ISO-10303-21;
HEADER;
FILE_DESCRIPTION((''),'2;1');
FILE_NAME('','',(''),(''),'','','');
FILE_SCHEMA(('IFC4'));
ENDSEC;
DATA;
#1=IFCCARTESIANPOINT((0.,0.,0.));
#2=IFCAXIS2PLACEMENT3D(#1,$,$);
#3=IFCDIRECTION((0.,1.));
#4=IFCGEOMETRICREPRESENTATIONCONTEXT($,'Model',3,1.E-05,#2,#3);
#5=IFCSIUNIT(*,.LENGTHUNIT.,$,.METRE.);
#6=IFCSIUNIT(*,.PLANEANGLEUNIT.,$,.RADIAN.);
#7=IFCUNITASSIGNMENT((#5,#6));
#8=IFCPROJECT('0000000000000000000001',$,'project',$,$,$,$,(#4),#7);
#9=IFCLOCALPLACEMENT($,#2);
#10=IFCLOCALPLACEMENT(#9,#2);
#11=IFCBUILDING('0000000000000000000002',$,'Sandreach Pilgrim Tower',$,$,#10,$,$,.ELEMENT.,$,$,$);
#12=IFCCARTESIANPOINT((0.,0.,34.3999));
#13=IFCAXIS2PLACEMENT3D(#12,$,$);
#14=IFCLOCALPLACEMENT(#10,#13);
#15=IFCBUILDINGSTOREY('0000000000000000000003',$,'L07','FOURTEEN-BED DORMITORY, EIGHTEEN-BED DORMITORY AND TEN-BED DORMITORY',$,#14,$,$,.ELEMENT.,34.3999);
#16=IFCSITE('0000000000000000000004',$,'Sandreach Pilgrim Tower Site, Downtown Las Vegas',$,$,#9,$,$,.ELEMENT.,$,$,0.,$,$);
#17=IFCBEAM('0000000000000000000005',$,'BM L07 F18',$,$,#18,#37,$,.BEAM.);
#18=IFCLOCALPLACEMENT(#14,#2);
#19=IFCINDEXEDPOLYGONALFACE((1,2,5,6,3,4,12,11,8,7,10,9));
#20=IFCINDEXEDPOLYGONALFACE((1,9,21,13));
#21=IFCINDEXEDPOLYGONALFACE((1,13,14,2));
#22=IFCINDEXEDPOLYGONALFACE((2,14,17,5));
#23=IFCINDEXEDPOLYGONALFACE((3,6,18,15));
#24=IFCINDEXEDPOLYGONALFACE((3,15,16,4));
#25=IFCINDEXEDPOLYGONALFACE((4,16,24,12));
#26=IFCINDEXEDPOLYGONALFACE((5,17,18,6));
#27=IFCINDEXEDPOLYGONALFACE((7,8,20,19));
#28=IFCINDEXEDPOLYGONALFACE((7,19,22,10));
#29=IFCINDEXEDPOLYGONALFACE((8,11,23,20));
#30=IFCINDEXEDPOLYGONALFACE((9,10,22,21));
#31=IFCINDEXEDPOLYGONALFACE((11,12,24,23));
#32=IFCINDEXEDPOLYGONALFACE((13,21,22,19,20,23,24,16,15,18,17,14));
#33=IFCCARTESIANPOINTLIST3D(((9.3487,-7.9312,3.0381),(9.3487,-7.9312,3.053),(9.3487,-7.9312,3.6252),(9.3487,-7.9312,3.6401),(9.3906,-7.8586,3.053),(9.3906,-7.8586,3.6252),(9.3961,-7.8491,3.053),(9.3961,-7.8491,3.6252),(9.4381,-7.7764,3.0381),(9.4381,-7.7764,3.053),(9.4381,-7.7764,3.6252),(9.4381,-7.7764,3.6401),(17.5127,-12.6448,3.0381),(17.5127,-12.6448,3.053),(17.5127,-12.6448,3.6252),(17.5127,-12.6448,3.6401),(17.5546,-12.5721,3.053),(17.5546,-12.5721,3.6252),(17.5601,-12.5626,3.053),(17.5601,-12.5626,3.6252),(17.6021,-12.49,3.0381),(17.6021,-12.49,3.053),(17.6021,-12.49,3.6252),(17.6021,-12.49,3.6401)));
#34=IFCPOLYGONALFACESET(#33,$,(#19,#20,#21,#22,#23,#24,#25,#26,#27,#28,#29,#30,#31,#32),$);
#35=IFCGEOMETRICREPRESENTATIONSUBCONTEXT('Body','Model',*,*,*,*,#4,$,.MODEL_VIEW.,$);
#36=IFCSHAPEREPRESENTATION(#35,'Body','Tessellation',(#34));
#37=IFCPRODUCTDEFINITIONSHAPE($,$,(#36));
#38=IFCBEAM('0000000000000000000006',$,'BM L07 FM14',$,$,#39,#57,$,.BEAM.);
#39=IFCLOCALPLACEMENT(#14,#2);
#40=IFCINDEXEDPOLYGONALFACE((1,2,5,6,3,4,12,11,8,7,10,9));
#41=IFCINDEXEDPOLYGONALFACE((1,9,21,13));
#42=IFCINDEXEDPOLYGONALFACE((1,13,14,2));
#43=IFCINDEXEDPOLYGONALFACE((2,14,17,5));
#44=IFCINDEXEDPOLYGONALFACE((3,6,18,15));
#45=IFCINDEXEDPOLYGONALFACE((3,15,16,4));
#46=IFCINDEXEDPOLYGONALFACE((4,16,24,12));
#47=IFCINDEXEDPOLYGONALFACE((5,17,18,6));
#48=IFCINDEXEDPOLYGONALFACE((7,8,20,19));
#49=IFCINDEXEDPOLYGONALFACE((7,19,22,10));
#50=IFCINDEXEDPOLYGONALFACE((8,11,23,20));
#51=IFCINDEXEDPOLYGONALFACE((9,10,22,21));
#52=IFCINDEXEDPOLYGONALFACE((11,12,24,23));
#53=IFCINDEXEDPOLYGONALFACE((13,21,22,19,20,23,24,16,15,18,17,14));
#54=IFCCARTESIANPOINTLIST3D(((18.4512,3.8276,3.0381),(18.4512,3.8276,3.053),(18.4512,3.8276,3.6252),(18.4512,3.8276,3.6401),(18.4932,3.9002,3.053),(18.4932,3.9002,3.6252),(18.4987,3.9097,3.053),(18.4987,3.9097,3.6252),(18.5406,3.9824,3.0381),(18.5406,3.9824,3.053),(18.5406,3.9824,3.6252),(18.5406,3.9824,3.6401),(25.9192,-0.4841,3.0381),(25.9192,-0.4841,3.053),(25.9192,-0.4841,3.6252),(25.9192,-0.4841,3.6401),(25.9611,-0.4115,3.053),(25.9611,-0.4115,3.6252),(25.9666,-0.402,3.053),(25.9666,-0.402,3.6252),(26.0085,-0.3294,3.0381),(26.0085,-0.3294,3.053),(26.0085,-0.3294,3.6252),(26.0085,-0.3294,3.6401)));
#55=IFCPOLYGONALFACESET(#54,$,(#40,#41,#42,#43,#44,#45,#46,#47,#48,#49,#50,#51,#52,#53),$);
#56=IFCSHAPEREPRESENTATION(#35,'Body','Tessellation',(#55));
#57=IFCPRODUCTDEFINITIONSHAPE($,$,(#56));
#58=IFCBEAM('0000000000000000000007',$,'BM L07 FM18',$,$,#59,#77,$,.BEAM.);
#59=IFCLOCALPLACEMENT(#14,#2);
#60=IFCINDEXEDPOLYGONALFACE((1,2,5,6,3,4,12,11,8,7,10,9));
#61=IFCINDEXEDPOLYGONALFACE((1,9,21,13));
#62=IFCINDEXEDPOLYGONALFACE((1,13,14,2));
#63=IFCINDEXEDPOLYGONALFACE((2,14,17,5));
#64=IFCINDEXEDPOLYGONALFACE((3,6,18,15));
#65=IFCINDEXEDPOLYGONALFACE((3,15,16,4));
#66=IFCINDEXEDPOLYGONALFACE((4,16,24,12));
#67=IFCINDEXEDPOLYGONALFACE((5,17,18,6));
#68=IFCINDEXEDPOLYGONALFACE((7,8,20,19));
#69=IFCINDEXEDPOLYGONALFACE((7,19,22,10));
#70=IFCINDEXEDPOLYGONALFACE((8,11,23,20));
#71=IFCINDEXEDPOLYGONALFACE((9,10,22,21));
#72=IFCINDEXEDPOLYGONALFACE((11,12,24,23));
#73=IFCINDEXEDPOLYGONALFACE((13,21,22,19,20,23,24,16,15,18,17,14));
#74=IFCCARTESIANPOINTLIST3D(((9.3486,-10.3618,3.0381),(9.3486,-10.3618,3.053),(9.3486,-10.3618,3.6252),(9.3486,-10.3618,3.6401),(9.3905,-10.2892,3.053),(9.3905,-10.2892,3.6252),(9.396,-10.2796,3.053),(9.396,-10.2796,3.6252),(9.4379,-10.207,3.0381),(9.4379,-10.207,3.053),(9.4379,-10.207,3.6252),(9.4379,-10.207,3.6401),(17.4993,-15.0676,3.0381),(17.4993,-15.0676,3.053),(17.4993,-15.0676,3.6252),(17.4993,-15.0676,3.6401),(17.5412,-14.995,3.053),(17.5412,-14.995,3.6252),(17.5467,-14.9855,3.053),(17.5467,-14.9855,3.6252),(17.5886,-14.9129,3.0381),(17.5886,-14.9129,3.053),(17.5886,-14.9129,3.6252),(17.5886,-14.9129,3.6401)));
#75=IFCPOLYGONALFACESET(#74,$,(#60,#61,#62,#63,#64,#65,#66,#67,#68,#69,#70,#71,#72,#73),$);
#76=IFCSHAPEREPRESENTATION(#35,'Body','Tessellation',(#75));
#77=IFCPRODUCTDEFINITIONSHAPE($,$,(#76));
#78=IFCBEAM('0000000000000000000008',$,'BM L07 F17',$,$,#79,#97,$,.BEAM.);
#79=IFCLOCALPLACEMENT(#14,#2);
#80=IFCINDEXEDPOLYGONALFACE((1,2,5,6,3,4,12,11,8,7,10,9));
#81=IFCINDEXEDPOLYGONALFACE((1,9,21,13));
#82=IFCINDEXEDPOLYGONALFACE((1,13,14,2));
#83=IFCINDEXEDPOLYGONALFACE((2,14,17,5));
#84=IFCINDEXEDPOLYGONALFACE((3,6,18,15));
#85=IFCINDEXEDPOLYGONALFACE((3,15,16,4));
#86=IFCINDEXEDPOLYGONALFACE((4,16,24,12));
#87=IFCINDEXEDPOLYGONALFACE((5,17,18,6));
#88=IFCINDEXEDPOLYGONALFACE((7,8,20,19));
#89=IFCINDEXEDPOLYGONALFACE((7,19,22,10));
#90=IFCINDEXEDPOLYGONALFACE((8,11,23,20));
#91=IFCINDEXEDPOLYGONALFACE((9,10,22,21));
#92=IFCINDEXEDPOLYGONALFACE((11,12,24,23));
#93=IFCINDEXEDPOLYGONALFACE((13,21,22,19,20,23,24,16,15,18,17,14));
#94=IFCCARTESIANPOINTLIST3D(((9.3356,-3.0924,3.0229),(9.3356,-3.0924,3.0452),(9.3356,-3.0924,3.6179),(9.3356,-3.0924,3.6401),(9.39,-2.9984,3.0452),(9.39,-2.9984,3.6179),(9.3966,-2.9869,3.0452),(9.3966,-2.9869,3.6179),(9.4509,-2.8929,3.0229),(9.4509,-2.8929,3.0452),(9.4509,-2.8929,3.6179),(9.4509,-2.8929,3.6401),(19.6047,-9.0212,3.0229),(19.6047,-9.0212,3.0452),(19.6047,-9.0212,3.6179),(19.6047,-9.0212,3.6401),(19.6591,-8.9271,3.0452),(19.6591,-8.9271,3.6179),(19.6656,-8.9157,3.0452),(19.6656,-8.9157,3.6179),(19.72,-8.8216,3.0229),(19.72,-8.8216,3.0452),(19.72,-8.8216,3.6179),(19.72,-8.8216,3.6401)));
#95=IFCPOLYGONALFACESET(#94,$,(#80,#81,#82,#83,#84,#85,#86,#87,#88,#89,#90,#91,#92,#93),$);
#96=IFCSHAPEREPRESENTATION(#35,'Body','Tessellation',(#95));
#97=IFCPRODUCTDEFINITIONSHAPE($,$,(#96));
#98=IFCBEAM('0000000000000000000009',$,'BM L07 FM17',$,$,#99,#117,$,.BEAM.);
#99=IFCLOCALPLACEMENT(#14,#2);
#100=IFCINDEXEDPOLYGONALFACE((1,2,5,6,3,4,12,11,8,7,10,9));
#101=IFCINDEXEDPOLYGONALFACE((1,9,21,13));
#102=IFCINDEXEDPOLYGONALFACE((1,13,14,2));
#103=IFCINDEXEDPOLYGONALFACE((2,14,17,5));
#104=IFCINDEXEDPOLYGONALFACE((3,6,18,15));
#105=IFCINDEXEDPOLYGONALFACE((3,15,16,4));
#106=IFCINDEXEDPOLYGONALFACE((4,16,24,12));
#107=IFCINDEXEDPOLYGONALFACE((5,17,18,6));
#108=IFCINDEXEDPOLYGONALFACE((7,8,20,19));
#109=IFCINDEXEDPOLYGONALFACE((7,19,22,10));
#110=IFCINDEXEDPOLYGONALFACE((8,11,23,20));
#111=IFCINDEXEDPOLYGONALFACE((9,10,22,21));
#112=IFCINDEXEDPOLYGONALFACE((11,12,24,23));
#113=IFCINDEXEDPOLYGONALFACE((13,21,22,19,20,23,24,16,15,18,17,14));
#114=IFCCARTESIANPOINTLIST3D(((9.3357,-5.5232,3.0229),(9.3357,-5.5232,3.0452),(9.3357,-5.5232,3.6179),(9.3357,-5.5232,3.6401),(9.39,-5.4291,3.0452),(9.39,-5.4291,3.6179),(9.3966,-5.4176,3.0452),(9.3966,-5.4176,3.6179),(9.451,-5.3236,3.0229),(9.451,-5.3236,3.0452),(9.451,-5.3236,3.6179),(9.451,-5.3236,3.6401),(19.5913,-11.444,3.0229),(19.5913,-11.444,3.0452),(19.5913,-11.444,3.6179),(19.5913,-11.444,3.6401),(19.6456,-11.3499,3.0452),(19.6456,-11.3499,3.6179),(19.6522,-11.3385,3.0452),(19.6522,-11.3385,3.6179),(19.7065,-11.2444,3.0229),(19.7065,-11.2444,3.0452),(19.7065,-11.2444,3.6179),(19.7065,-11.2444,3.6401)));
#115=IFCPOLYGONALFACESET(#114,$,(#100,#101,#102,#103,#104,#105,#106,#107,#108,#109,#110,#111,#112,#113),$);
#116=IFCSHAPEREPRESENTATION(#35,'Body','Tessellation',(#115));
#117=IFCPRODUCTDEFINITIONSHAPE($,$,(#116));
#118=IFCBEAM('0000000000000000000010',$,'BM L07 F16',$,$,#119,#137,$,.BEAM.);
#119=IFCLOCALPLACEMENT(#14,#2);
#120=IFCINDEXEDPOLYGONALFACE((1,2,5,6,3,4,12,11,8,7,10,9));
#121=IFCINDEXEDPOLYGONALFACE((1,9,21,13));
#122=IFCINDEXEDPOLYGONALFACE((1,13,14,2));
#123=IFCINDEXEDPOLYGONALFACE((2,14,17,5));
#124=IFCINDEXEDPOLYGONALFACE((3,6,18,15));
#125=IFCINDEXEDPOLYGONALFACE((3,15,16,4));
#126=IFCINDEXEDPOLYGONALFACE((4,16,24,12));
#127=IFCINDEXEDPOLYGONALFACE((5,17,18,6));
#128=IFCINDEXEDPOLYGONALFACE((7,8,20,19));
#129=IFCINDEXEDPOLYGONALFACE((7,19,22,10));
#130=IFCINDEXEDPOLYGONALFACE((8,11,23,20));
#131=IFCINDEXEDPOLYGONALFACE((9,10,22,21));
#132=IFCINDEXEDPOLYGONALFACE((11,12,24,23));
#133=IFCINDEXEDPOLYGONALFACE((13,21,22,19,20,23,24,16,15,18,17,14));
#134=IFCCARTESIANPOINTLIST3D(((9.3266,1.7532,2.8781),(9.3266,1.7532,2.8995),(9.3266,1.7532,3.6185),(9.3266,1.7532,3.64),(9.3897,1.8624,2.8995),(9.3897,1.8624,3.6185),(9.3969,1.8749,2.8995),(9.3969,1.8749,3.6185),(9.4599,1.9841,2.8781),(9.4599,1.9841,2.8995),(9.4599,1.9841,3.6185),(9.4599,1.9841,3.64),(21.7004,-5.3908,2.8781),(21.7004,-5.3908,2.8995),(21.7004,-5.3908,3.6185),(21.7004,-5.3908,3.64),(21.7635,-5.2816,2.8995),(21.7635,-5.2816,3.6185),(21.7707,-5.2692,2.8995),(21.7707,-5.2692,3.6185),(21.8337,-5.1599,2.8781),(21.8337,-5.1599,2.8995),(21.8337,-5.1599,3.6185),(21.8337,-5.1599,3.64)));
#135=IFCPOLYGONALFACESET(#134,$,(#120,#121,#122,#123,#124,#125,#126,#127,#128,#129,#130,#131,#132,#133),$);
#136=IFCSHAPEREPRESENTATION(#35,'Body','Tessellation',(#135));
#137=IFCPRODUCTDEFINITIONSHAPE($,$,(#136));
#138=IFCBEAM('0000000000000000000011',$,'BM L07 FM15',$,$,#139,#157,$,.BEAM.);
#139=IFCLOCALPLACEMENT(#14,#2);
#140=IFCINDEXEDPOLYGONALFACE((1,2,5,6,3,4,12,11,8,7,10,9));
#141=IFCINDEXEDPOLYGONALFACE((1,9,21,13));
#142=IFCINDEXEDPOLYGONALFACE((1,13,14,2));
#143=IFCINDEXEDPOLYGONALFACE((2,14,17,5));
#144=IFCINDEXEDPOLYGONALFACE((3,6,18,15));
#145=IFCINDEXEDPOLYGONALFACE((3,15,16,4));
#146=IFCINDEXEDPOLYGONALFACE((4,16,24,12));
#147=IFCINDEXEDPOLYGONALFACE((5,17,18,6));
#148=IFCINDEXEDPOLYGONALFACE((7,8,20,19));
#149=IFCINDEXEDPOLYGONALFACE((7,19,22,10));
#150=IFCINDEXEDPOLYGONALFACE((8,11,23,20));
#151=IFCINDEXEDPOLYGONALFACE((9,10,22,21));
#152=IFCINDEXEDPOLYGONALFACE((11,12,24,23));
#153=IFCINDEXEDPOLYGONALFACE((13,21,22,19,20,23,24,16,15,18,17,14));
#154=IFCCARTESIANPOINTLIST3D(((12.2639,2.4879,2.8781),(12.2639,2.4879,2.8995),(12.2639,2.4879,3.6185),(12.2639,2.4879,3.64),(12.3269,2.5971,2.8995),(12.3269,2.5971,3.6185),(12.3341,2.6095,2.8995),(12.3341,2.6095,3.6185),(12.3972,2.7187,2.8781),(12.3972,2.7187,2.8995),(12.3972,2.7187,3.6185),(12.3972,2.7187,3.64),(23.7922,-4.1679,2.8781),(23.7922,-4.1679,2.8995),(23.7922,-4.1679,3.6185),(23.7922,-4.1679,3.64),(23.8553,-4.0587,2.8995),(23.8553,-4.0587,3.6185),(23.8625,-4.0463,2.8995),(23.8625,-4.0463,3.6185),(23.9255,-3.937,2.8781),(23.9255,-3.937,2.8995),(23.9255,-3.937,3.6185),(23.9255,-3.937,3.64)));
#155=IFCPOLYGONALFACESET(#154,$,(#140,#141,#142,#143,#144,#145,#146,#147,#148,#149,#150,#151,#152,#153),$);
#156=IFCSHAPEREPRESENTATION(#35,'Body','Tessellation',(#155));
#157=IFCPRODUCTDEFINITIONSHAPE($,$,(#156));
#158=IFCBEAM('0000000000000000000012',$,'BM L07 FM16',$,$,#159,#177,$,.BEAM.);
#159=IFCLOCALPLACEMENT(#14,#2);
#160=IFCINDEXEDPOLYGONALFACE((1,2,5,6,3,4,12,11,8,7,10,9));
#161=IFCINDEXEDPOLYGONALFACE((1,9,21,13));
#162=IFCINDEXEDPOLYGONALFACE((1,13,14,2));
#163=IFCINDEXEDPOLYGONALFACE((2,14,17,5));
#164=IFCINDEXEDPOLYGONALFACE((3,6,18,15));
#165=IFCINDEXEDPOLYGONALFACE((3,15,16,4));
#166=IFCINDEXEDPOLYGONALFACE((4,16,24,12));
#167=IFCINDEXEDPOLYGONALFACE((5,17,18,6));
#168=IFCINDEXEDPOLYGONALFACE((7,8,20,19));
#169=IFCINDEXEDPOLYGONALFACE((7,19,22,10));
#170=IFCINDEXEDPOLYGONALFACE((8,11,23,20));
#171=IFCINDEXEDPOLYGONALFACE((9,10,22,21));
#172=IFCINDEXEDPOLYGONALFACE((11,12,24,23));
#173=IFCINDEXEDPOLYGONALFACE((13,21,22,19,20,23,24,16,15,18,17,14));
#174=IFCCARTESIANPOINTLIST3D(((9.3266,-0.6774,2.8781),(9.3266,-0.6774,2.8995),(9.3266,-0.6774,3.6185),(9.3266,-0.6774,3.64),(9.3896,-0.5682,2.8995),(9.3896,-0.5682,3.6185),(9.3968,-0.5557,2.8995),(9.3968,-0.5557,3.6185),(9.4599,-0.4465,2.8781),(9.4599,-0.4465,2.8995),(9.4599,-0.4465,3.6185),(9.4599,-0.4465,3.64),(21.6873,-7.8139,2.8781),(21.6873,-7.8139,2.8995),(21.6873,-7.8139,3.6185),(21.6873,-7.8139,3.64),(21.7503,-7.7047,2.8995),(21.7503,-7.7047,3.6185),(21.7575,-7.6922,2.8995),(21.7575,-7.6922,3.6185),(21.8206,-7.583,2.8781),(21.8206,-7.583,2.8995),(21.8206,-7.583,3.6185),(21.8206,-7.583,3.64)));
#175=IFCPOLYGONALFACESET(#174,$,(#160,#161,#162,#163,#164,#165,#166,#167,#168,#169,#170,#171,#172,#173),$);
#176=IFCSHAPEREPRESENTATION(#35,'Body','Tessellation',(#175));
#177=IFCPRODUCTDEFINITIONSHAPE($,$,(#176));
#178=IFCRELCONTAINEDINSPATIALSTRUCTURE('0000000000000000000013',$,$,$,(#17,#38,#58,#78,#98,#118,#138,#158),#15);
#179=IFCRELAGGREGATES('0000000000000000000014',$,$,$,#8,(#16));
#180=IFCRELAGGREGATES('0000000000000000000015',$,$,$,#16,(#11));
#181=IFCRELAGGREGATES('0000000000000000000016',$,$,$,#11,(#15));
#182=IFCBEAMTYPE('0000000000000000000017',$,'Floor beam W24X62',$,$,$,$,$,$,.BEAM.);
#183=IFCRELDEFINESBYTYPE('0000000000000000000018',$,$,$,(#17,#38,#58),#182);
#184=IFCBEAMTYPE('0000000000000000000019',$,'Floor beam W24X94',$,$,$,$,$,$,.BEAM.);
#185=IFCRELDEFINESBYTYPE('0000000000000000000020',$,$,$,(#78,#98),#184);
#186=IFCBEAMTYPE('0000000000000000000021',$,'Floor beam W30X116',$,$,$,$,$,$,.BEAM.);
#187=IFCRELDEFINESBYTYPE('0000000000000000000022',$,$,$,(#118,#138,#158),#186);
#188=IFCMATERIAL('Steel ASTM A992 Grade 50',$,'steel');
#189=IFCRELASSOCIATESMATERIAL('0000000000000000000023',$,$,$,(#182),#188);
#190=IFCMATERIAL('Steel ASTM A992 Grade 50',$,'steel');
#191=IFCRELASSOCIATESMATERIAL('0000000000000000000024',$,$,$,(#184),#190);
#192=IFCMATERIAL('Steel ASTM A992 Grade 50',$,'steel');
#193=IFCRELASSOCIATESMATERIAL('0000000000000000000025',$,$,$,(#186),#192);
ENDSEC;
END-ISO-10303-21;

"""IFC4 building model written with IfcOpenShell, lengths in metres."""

from ifc_helpers import new_model, si_unit, direction, frame, origin, origin_2d, place, context, subcontext, project, spatial, i_section, extrude, material, material_profile, profile_set, type_object, element, save


model = new_model("IFC4")

# Units and contexts
model_context = context("Model", 3, precision=1e-05, world=origin(), true_north=direction((0.0, 1.0)))
body_context = subcontext(model_context, "Body", "Model", "MODEL_VIEW")
ifc_project = project(units=[si_unit("LENGTHUNIT", "METRE"), si_unit("PLANEANGLEUNIT", "RADIAN")], contexts=[model_context])

# Site, building, storey
site_placement = place(None, origin())
site = spatial("IfcSite", under=ifc_project, at=site_placement, Name="Sandreach Pilgrim Tower Site, Downtown Las Vegas", CompositionType="ELEMENT", RefElevation=0.0)
building_placement = place(site_placement, origin())
building = spatial("IfcBuilding", under=site, at=building_placement, Name="Sandreach Pilgrim Tower", CompositionType="ELEMENT")
storey_placement = place(building_placement, frame((0.0, 0.0, 34.3999)))
storey = spatial("IfcBuildingStorey", under=building, at=storey_placement, Name="L07", Description="FOURTEEN-BED DORMITORY, EIGHTEEN-BED DORMITORY AND TEN-BED DORMITORY", CompositionType="ELEMENT", Elevation=34.3999)

# Beams
ifc_material_1 = material(Name="Steel ASTM A992 Grade 50", Category="steel")
ifc_material_profile_1 = material_profile(ifc_material_1, i_section(OverallWidth=0.1787, OverallDepth=0.6021, WebThickness=0.011, FlangeThickness=0.0149, at=origin_2d()), Name="W24X62")
ifc_profile_set_1 = profile_set([ifc_material_profile_1], Name="Steel ASTM A992 Grade 50")
beam_type_1 = type_object("IfcBeamType", Name="Floor beam W24X62", PredefinedType="BEAM", material=ifc_profile_set_1)
beam_1_placement = place(storey_placement, frame((17.5574, -12.5674, 3.3391), z_axis=(-0.866021, 0.500008, 0.0), x_axis=(-0.500008, -0.866021, 0.0)))
element("IfcBeam", 1, at=beam_1_placement, inside=storey, type_object=beam_type_1, Name="BM L07 F18", PredefinedType="BEAM", context=body_context, shape_type="SweptSolid", body=[
    extrude(i_section(OverallWidth=0.1787, OverallDepth=0.6021, WebThickness=0.011, FlangeThickness=0.0149, at=origin_2d()), origin(), (0.0, 0.0, 1.0), 9.427),
])
beam_2_placement = place(storey_placement, frame((25.9639, -0.4067, 3.3391), z_axis=(-0.86602, 0.500009, 0.0), x_axis=(-0.500009, -0.86602, 0.0)))
element("IfcBeam", 2, at=beam_2_placement, inside=storey, type_object=beam_type_1, Name="BM L07 FM14", PredefinedType="BEAM", context=body_context, shape_type="SweptSolid", body=[
    extrude(i_section(OverallWidth=0.1787, OverallDepth=0.6021, WebThickness=0.011, FlangeThickness=0.0149, at=origin_2d()), origin(), (0.0, 0.0, 1.0), 8.6233),
])
beam_3_placement = place(storey_placement, frame((17.5439, -14.9902, 3.3391), z_axis=(-0.866024, 0.500003, 0.0), x_axis=(-0.500003, -0.866024, 0.0)))
element("IfcBeam", 3, at=beam_3_placement, inside=storey, type_object=beam_type_1, Name="BM L07 FM18", PredefinedType="BEAM", context=body_context, shape_type="SweptSolid", body=[
    extrude(i_section(OverallWidth=0.1787, OverallDepth=0.6021, WebThickness=0.011, FlangeThickness=0.0149, at=origin_2d()), origin(), (0.0, 0.0, 1.0), 9.4116),
])
ifc_material_2 = material(Name="Steel ASTM A992 Grade 50", Category="steel")
ifc_material_profile_2 = material_profile(ifc_material_2, i_section(OverallWidth=0.2305, OverallDepth=0.6172, WebThickness=0.0132, FlangeThickness=0.0222, at=origin_2d()), Name="W24X94")
ifc_profile_set_2 = profile_set([ifc_material_profile_2], Name="Steel ASTM A992 Grade 50")
beam_type_2 = type_object("IfcBeamType", Name="Floor beam W24X94", PredefinedType="BEAM", material=ifc_profile_set_2)
beam_4_placement = place(storey_placement, frame((19.6624, -8.9214, 3.3315), z_axis=(-0.86603, 0.499992, 0.0), x_axis=(-0.499992, -0.86603, 0.0)))
element("IfcBeam", 4, at=beam_4_placement, inside=storey, type_object=beam_type_2, Name="BM L07 F17", PredefinedType="BEAM", context=body_context, shape_type="SweptSolid", body=[
    extrude(i_section(OverallWidth=0.2305, OverallDepth=0.6172, WebThickness=0.0132, FlangeThickness=0.0222, at=origin_2d()), origin(), (0.0, 0.0, 1.0), 11.8577),
])
beam_5_placement = place(storey_placement, frame((19.6489, -11.3442, 3.3315), z_axis=(-0.866032, 0.499988, 0.0), x_axis=(-0.499988, -0.866032, 0.0)))
element("IfcBeam", 5, at=beam_5_placement, inside=storey, type_object=beam_type_2, Name="BM L07 FM17", PredefinedType="BEAM", context=body_context, shape_type="SweptSolid", body=[
    extrude(i_section(OverallWidth=0.2305, OverallDepth=0.6172, WebThickness=0.0132, FlangeThickness=0.0222, at=origin_2d()), origin(), (0.0, 0.0, 1.0), 11.842),
])
ifc_material_3 = material(Name="Steel ASTM A992 Grade 50", Category="steel")
ifc_material_profile_3 = material_profile(ifc_material_3, i_section(OverallWidth=0.2666, OverallDepth=0.762, WebThickness=0.0144, FlangeThickness=0.0215, at=origin_2d()), Name="W30X116")
ifc_profile_set_3 = profile_set([ifc_material_profile_3], Name="Steel ASTM A992 Grade 50")
beam_type_3 = type_object("IfcBeamType", Name="Floor beam W30X116", PredefinedType="BEAM", material=ifc_profile_set_3)
beam_6_placement = place(storey_placement, frame((21.7671, -5.2754, 3.259), z_axis=(-0.866024, 0.500002, 0.0), x_axis=(-0.500002, -0.866024, 0.0)))
element("IfcBeam", 6, at=beam_6_placement, inside=storey, type_object=beam_type_3, Name="BM L07 F16", PredefinedType="BEAM", context=body_context, shape_type="SweptSolid", body=[
    extrude(i_section(OverallWidth=0.2666, OverallDepth=0.762, WebThickness=0.0144, FlangeThickness=0.0215, at=origin_2d()), origin(), (0.0, 0.0, 1.0), 14.2881),
])
beam_7_placement = place(storey_placement, frame((23.8589, -4.0525, 3.259), z_axis=(-0.866029, 0.499993, 0.0), x_axis=(-0.499993, -0.866029, 0.0)))
element("IfcBeam", 7, at=beam_7_placement, inside=storey, type_object=beam_type_3, Name="BM L07 FM15", PredefinedType="BEAM", context=body_context, shape_type="SweptSolid", body=[
    extrude(i_section(OverallWidth=0.2666, OverallDepth=0.762, WebThickness=0.0144, FlangeThickness=0.0215, at=origin_2d()), origin(), (0.0, 0.0, 1.0), 13.3118),
])
beam_8_placement = place(storey_placement, frame((21.7539, -7.6985, 3.259), z_axis=(-0.866023, 0.500004, 0.0), x_axis=(-0.500004, -0.866023, 0.0)))
element("IfcBeam", 8, at=beam_8_placement, inside=storey, type_object=beam_type_3, Name="BM L07 FM16", PredefinedType="BEAM", context=body_context, shape_type="SweptSolid", body=[
    extrude(i_section(OverallWidth=0.2666, OverallDepth=0.762, WebThickness=0.0144, FlangeThickness=0.0215, at=origin_2d()), origin(), (0.0, 0.0, 1.0), 14.2729),
])

save(model, "model.ifc")
